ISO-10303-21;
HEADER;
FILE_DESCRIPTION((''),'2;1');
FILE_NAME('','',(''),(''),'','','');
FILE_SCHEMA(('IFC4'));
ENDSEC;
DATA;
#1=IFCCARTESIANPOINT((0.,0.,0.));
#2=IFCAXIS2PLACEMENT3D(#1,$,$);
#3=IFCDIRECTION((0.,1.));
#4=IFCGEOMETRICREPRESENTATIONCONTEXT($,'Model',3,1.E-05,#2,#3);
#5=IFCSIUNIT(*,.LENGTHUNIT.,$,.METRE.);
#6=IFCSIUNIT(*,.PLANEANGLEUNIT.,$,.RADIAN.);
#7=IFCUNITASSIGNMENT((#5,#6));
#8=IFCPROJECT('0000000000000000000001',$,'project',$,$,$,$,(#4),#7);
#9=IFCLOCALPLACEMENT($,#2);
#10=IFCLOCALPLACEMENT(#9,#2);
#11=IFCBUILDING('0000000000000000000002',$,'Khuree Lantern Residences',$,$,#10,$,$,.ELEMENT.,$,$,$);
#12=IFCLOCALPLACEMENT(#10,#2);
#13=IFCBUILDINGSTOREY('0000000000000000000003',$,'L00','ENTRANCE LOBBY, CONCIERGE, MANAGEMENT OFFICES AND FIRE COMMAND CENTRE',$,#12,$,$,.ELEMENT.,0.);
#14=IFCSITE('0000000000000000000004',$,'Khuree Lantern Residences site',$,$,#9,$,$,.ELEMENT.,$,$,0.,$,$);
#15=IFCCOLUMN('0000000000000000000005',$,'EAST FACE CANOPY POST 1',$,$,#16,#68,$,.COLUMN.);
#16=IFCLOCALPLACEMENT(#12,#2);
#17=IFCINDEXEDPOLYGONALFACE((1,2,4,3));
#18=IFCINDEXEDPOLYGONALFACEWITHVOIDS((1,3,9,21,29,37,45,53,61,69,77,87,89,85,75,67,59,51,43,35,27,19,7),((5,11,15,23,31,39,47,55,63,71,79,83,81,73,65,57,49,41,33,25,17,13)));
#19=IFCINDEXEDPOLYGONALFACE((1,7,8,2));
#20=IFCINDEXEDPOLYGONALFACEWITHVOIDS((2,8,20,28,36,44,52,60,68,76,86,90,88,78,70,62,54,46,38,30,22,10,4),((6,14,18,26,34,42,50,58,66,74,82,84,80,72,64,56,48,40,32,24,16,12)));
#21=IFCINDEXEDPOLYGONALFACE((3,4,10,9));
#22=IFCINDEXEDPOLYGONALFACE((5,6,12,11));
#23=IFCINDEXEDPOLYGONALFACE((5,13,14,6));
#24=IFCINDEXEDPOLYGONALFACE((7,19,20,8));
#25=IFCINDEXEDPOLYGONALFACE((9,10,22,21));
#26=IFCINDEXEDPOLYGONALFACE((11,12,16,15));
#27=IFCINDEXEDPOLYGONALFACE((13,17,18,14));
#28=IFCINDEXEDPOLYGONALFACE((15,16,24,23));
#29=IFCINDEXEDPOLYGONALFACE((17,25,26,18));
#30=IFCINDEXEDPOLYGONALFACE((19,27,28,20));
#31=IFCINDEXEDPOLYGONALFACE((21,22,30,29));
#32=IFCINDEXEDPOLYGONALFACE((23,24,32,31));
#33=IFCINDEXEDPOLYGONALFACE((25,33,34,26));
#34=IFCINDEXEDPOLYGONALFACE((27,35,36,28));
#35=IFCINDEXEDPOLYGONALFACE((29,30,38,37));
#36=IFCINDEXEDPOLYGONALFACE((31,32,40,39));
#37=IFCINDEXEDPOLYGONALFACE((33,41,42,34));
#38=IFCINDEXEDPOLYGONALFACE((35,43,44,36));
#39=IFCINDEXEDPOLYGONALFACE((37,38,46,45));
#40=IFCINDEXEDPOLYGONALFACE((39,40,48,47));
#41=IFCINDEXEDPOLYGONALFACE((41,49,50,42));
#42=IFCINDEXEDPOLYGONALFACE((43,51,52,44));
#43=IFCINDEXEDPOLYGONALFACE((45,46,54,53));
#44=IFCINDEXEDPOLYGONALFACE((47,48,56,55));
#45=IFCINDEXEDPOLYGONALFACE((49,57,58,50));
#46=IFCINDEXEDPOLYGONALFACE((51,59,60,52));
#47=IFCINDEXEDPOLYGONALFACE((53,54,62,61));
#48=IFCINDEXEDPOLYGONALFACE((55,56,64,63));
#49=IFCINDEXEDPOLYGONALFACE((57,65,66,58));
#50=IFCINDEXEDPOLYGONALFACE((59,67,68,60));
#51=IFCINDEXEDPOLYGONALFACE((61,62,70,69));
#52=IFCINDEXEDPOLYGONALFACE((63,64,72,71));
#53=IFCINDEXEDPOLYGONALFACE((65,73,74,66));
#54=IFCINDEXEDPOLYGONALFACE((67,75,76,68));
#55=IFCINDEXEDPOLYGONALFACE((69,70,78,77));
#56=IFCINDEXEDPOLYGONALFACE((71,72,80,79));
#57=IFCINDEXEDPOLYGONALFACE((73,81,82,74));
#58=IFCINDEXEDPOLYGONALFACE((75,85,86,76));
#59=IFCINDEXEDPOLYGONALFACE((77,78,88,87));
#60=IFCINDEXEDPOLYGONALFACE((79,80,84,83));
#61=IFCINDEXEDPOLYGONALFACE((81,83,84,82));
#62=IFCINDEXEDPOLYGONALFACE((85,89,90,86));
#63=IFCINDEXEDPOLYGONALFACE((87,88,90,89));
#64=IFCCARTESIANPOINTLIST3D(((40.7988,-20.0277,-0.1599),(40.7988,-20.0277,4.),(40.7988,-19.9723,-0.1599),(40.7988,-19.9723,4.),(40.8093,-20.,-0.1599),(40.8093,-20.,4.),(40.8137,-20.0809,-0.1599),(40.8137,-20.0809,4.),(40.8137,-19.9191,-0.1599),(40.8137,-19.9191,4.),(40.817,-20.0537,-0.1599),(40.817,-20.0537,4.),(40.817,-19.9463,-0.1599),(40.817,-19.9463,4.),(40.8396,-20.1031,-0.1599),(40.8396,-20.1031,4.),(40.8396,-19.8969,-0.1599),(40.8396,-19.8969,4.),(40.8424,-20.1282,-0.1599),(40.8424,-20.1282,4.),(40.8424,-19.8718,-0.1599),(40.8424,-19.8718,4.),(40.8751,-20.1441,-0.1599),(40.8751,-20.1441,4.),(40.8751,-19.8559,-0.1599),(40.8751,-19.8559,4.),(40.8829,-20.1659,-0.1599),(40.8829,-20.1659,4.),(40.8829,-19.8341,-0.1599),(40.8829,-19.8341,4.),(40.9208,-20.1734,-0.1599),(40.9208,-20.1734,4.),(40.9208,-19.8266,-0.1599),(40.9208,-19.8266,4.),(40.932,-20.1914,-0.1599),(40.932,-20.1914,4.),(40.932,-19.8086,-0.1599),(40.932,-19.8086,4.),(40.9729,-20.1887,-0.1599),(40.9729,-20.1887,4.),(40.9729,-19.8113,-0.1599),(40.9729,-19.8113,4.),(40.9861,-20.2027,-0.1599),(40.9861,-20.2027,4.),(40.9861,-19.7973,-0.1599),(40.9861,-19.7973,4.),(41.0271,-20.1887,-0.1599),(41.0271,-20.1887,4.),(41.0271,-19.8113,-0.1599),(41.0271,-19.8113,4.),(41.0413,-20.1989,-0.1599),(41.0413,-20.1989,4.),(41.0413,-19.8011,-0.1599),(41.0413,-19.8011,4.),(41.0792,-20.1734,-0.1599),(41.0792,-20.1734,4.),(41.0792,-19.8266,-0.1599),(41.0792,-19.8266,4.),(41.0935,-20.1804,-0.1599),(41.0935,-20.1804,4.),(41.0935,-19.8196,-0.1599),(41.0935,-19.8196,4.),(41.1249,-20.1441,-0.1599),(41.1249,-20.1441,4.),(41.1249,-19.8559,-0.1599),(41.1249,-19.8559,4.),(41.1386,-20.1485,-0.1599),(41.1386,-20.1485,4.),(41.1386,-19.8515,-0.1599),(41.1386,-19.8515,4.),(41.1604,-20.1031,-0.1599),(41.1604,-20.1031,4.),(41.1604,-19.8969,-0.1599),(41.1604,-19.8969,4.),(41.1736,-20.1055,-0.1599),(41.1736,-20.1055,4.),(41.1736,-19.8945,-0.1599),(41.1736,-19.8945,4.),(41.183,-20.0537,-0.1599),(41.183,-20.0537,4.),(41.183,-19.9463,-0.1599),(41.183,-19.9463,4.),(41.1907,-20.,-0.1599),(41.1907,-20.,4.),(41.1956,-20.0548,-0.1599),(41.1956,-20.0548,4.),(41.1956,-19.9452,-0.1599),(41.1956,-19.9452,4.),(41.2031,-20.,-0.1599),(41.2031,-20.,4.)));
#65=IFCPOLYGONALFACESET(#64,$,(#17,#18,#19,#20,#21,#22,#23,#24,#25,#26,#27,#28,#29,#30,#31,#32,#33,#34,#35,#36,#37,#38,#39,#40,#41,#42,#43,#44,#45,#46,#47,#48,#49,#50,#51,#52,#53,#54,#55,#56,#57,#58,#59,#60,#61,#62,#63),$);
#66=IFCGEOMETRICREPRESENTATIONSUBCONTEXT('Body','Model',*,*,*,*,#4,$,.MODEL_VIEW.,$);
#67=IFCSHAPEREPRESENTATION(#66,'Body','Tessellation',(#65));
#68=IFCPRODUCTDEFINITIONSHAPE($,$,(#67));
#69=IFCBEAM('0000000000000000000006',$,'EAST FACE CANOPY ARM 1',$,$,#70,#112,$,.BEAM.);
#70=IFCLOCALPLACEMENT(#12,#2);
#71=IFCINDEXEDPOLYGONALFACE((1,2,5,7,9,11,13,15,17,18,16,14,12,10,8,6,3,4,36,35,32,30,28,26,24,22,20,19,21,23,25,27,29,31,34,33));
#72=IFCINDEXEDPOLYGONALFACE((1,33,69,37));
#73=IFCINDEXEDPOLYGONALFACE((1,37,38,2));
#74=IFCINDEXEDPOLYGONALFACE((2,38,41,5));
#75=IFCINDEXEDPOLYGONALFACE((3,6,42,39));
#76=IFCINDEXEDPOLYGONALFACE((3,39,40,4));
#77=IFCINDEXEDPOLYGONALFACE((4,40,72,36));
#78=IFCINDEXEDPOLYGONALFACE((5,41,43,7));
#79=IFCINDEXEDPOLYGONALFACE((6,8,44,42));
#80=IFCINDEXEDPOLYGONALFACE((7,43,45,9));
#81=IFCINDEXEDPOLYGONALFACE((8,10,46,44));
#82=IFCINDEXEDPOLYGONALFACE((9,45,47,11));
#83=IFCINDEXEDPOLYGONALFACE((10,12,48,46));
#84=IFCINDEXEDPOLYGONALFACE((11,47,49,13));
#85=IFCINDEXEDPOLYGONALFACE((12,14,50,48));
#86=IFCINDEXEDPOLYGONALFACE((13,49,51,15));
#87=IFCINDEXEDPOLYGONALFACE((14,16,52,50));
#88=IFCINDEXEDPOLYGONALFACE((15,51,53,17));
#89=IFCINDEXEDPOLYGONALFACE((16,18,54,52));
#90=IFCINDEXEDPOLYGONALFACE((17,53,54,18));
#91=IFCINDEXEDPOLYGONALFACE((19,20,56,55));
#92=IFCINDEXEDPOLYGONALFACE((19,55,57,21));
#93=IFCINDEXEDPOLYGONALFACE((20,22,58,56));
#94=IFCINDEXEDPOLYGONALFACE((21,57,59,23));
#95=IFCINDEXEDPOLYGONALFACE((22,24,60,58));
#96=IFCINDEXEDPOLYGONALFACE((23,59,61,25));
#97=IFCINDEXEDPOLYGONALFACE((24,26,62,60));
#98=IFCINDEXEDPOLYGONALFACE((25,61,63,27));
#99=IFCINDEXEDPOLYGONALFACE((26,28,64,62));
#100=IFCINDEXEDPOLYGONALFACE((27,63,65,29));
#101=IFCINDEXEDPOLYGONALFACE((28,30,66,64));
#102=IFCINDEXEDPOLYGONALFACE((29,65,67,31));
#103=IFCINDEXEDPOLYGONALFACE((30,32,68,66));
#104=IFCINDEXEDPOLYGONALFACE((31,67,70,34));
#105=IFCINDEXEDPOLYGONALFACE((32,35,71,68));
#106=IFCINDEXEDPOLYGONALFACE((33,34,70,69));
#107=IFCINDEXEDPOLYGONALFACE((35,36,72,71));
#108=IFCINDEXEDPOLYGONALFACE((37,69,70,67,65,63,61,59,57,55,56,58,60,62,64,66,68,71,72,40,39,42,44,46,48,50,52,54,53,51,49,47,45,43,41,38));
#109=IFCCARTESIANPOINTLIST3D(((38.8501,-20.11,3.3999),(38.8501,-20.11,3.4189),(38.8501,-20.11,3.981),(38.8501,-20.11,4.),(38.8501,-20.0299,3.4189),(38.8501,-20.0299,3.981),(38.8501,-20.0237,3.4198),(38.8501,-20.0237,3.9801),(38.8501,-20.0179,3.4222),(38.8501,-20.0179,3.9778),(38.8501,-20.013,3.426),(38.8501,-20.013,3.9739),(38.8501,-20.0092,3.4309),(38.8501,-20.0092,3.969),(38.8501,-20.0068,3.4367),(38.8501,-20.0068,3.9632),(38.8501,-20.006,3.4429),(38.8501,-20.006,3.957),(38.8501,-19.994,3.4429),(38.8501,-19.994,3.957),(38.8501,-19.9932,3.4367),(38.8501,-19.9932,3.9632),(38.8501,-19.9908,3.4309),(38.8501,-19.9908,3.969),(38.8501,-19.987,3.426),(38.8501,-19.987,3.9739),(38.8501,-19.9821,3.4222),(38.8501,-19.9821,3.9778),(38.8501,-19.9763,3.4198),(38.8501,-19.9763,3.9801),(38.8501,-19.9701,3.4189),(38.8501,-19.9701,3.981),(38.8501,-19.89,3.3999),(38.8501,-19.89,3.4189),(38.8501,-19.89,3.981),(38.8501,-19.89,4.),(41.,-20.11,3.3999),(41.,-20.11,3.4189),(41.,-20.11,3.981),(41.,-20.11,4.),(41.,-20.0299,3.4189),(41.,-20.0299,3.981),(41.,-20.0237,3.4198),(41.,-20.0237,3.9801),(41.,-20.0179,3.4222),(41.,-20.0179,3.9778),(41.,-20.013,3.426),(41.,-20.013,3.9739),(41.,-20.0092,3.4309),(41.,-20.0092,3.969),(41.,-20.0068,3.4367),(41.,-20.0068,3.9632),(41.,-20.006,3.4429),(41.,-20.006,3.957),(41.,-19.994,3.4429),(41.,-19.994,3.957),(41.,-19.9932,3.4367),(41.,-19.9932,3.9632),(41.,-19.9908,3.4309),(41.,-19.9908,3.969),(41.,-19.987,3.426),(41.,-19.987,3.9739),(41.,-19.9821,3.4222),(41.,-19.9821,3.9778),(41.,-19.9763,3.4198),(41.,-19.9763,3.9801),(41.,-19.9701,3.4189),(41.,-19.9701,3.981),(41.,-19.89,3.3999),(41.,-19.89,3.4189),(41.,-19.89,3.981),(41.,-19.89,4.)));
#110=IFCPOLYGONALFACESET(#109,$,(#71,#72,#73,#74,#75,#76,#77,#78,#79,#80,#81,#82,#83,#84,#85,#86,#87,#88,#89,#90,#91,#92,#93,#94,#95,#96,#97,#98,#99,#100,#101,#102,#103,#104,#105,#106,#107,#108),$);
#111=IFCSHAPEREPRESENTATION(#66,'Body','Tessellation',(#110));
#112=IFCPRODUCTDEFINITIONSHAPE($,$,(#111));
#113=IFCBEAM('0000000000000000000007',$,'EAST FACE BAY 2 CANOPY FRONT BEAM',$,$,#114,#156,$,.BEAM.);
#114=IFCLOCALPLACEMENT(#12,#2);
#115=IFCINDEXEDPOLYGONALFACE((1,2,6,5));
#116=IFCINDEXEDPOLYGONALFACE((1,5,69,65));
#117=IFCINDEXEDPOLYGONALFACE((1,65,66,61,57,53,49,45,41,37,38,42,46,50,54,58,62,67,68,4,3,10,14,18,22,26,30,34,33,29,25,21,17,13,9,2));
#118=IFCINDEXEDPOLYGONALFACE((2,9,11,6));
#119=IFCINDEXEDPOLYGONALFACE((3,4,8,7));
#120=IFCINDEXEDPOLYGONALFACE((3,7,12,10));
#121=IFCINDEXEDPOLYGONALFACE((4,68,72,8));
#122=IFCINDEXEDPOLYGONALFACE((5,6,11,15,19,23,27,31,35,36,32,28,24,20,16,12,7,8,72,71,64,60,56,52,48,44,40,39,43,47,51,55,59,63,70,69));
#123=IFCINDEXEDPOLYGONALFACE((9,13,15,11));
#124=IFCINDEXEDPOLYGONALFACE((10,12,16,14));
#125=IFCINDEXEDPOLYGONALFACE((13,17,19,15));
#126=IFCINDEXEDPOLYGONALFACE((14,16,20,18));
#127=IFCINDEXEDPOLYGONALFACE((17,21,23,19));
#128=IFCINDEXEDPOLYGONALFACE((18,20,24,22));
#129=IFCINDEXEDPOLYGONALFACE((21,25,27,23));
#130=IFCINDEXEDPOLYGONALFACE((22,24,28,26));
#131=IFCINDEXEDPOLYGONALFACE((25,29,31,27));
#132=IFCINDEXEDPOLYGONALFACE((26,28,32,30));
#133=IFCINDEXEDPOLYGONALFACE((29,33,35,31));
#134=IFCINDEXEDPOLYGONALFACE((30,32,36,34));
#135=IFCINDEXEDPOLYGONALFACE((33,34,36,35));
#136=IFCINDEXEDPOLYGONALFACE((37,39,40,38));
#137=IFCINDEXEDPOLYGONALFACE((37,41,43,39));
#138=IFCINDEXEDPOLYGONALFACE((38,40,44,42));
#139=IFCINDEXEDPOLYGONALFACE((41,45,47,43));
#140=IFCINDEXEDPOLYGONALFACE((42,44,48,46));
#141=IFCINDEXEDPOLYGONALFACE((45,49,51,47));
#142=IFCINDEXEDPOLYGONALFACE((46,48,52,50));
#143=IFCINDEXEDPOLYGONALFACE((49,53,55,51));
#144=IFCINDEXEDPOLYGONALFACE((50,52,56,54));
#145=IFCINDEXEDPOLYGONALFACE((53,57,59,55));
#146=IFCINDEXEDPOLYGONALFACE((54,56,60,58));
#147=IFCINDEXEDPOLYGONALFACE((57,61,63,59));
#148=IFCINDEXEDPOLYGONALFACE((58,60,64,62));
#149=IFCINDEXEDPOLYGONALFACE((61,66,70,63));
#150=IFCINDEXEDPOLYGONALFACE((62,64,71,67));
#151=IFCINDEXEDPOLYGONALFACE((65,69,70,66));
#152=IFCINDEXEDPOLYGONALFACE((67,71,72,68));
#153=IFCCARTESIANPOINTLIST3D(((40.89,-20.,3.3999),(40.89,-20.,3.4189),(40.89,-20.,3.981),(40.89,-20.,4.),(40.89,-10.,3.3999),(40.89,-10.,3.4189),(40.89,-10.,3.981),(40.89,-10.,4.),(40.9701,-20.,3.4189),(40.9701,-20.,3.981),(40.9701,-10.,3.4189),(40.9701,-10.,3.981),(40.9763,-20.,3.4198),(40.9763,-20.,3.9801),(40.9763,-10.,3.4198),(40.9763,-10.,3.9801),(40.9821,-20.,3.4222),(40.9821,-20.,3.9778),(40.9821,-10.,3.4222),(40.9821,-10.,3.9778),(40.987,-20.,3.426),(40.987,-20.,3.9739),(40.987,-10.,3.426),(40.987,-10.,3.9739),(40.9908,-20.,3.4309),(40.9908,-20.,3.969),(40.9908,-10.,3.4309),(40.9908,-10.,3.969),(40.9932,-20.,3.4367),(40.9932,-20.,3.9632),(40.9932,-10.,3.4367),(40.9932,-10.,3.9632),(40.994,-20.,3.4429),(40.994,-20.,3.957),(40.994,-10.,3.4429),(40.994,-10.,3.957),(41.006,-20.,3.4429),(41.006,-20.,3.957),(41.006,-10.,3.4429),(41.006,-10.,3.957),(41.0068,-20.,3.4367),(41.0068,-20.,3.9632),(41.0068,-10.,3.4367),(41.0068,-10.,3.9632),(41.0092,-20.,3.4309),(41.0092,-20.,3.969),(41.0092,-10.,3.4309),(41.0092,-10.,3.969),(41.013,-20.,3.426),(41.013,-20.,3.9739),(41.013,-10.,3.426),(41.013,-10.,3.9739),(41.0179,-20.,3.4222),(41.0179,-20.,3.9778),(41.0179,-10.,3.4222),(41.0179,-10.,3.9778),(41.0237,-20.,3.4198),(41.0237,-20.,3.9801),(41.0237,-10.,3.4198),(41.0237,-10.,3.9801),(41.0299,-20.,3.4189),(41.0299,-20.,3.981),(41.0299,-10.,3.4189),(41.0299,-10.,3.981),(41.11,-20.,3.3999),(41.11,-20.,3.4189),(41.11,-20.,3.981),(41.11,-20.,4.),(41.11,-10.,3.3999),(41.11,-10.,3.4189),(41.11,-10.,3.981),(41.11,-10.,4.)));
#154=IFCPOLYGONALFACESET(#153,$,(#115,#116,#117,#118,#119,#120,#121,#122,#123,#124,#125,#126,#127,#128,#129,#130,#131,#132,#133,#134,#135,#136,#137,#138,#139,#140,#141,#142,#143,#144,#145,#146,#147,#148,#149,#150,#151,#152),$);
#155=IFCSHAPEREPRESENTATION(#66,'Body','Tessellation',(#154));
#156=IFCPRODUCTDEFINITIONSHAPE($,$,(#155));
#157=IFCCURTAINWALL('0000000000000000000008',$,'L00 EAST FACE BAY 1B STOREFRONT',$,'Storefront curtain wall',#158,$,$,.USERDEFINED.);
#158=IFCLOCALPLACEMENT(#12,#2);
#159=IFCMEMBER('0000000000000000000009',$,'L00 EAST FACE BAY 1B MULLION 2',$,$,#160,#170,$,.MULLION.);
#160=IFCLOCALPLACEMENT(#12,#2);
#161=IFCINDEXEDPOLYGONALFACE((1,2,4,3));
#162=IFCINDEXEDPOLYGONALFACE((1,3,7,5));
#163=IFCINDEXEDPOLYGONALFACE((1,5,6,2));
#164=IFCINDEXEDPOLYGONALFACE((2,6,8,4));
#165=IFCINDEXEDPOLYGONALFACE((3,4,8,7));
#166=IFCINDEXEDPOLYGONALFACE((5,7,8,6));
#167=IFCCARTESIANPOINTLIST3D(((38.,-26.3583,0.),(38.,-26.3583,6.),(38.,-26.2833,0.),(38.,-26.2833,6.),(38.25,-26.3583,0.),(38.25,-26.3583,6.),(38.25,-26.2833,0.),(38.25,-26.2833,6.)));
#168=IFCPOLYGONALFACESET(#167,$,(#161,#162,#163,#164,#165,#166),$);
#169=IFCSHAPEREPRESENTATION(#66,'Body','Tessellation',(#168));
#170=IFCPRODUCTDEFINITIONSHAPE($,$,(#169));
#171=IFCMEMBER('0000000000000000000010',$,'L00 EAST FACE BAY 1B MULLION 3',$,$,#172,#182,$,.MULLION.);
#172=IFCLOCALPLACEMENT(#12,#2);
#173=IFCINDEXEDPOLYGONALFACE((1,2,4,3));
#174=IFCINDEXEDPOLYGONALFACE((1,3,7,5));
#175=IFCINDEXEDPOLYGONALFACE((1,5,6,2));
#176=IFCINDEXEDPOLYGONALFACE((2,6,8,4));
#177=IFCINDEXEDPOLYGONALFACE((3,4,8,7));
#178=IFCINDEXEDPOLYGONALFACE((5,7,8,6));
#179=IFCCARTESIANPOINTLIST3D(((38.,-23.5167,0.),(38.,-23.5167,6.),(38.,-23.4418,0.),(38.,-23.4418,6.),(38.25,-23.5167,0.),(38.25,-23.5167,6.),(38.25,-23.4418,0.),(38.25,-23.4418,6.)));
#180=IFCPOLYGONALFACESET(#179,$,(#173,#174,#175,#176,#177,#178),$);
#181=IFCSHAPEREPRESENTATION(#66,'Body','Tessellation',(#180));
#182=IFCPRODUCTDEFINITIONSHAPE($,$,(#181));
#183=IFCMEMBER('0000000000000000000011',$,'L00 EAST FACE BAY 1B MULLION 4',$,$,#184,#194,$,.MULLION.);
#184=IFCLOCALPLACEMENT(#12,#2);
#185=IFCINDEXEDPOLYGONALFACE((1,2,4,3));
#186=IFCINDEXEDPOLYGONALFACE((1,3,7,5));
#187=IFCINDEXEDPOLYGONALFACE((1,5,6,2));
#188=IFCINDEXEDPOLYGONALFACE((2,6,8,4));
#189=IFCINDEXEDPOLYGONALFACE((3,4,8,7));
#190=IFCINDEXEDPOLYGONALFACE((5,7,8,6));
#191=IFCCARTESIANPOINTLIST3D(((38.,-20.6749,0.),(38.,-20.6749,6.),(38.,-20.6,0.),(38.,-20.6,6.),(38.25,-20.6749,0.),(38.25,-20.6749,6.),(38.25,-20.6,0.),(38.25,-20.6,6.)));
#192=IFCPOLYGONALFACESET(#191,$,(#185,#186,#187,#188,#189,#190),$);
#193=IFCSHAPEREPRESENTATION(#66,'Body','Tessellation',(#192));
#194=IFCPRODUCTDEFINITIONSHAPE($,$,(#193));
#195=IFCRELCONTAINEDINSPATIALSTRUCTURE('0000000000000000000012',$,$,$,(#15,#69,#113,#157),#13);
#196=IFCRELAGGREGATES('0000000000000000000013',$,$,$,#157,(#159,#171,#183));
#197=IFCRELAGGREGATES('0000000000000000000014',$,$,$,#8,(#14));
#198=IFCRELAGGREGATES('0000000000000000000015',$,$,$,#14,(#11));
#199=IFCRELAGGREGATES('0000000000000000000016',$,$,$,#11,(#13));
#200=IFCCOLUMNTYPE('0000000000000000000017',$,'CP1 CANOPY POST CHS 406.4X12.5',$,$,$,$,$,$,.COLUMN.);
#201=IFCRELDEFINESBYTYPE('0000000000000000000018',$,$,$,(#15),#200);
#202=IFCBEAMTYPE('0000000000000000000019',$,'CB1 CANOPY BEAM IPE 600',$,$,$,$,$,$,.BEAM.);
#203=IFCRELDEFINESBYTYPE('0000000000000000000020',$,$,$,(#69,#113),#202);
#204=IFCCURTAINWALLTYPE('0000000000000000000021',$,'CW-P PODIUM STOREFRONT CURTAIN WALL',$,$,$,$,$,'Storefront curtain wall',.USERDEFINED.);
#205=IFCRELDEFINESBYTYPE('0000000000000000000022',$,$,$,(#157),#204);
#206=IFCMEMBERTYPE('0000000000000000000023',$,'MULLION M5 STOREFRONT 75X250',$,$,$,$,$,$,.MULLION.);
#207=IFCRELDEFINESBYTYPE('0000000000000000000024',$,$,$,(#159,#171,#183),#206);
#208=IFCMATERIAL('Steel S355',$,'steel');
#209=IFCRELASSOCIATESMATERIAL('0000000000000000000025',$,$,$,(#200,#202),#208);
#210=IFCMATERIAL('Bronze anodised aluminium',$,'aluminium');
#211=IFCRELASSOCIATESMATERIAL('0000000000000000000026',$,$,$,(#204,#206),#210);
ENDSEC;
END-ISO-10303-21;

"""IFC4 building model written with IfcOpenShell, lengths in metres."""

from ifc_helpers import new_model, si_unit, direction, frame, origin, origin_2d, place, context, subcontext, project, spatial, rectangle, hollow_circle, i_section, extrude, material, material_profile, profile_set, type_object, element, aggregate, save


model = new_model("IFC4")

# Units and contexts
model_context = context("Model", 3, precision=1e-05, world=origin(), true_north=direction((0.0, 1.0)))
body_context = subcontext(model_context, "Body", "Model", "MODEL_VIEW")
ifc_project = project(units=[si_unit("LENGTHUNIT", "METRE"), si_unit("PLANEANGLEUNIT", "RADIAN")], contexts=[model_context])

# Site, building, storey
site_placement = place(None, origin())
site = spatial("IfcSite", under=ifc_project, at=site_placement, Name="Khuree Lantern Residences site", CompositionType="ELEMENT", RefElevation=0.0)
building_placement = place(site_placement, origin())
building = spatial("IfcBuilding", under=site, at=building_placement, Name="Khuree Lantern Residences", CompositionType="ELEMENT")
storey_placement = place(building_placement, origin())
storey = spatial("IfcBuildingStorey", under=building, at=storey_placement, Name="L00", Description="ENTRANCE LOBBY, CONCIERGE, MANAGEMENT OFFICES AND FIRE COMMAND CENTRE", CompositionType="ELEMENT", Elevation=0.0)

# Column
ifc_material_1 = material(Name="Steel S355", Category="steel")
ifc_material_profile_1 = material_profile(ifc_material_1, hollow_circle(Radius=0.2031, WallThickness=0.0125, at=origin_2d()), Name="CHS 406.4X12.5")
ifc_profile_set_1 = profile_set([ifc_material_profile_1], Name="Steel S355")
column_type = type_object("IfcColumnType", Name="CP1 CANOPY POST CHS 406.4X12.5", PredefinedType="COLUMN", material=ifc_profile_set_1)
column_placement = place(storey_placement, frame((41.0, -20.0, -0.1599), z_axis=(0.0, 0.0, 1.0), x_axis=(1.0, 0.0, 0.0)))
element("IfcColumn", 1, at=column_placement, inside=storey, type_object=column_type, Name="EAST FACE CANOPY POST 1", PredefinedType="COLUMN", context=body_context, shape_type="SweptSolid", body=[
    extrude(hollow_circle(Radius=0.2031, WallThickness=0.0125, at=origin_2d()), origin(), (0.0, 0.0, 1.0), 4.1599),
])

# Beams
ifc_material_profile_2 = material_profile(ifc_material_1, i_section(OverallWidth=0.22, OverallDepth=0.6001, WebThickness=0.012, FlangeThickness=0.019, FilletRadius=0.0239, at=origin_2d()), Name="IPE 600")
ifc_profile_set_2 = profile_set([ifc_material_profile_2], Name="Steel S355")
beam_type_1 = type_object("IfcBeamType", Name="CB1 CANOPY BEAM IPE 600", PredefinedType="BEAM", material=ifc_profile_set_2)
beam_1_placement = place(storey_placement, frame((41.0, -20.0, 3.7), z_axis=(-1.0, 0.0, 0.0), x_axis=(0.0, -1.0, 0.0)))
element("IfcBeam", 2, at=beam_1_placement, inside=storey, type_object=beam_type_1, Name="EAST FACE CANOPY ARM 1", PredefinedType="BEAM", context=body_context, shape_type="SweptSolid", body=[
    extrude(i_section(OverallWidth=0.22, OverallDepth=0.6001, WebThickness=0.012, FlangeThickness=0.019, FilletRadius=0.0239, at=origin_2d()), origin(), (0.0, 0.0, 1.0), 2.1499),
])
beam_2_placement = place(storey_placement, frame((41.0, -20.0, 3.7), z_axis=(0.0, 1.0, 0.0), x_axis=(-1.0, 0.0, 0.0)))
element("IfcBeam", 3, at=beam_2_placement, inside=storey, type_object=beam_type_1, Name="EAST FACE BAY 2 CANOPY FRONT BEAM", PredefinedType="BEAM", context=body_context, shape_type="SweptSolid", body=[
    extrude(i_section(OverallWidth=0.22, OverallDepth=0.6001, WebThickness=0.012, FlangeThickness=0.019, FilletRadius=0.0239, at=origin_2d()), origin(), (0.0, 0.0, 1.0), 10.0),
])

# Curtain wall, members
ifc_material_2 = material(Name="Bronze anodised aluminium", Category="aluminium")
curtain_wall_type = type_object("IfcCurtainWallType", Name="CW-P PODIUM STOREFRONT CURTAIN WALL", ElementType="Storefront curtain wall", PredefinedType="USERDEFINED", material=ifc_material_2)
curtain_wall_1_placement = place(storey_placement, origin())
curtain_wall_1 = element("IfcCurtainWall", 4, at=curtain_wall_1_placement, inside=storey, type_object=curtain_wall_type, Name="L00 EAST FACE BAY 1B STOREFRONT", ObjectType="Storefront curtain wall", PredefinedType="USERDEFINED")
ifc_material_profile_3 = material_profile(ifc_material_2, rectangle(XDim=0.075, YDim=0.25, at=origin_2d()), Name="M5 75X250")
ifc_profile_set_3 = profile_set([ifc_material_profile_3], Name="Bronze anodised aluminium")
member_type_1 = type_object("IfcMemberType", Name="MULLION M5 STOREFRONT 75X250", PredefinedType="MULLION", material=ifc_profile_set_3)
member_1_placement = place(storey_placement, frame((38.125, -26.3208, 0.0), z_axis=(0.0, 0.0, 1.0), x_axis=(0.0, 1.0, 0.0)))
member_1 = element("IfcMember", 5, at=member_1_placement, type_object=member_type_1, Name="L00 EAST FACE BAY 1B MULLION 2", PredefinedType="MULLION", context=body_context, shape_type="SweptSolid", body=[
    extrude(rectangle(XDim=0.075, YDim=0.25, at=origin_2d()), origin(), (0.0, 0.0, 1.0), 6.0),
])
member_2_placement = place(storey_placement, frame((38.125, -23.4792, 0.0), z_axis=(0.0, 0.0, 1.0), x_axis=(0.0, 1.0, 0.0)))
member_2 = element("IfcMember", 6, at=member_2_placement, type_object=member_type_1, Name="L00 EAST FACE BAY 1B MULLION 3", PredefinedType="MULLION", context=body_context, shape_type="SweptSolid", body=[
    extrude(rectangle(XDim=0.075, YDim=0.25, at=origin_2d()), origin(), (0.0, 0.0, 1.0), 6.0),
])
member_3_placement = place(storey_placement, frame((38.125, -20.6375, 0.0), z_axis=(0.0, 0.0, 1.0), x_axis=(0.0, 1.0, 0.0)))
member_3 = element("IfcMember", 7, at=member_3_placement, type_object=member_type_1, Name="L00 EAST FACE BAY 1B MULLION 4", PredefinedType="MULLION", context=body_context, shape_type="SweptSolid", body=[
    extrude(rectangle(XDim=0.075, YDim=0.25, at=origin_2d()), origin(), (0.0, 0.0, 1.0), 6.0),
])

aggregate(curtain_wall_1, [member_1, member_2, member_3])

save(model, "model.ifc")
